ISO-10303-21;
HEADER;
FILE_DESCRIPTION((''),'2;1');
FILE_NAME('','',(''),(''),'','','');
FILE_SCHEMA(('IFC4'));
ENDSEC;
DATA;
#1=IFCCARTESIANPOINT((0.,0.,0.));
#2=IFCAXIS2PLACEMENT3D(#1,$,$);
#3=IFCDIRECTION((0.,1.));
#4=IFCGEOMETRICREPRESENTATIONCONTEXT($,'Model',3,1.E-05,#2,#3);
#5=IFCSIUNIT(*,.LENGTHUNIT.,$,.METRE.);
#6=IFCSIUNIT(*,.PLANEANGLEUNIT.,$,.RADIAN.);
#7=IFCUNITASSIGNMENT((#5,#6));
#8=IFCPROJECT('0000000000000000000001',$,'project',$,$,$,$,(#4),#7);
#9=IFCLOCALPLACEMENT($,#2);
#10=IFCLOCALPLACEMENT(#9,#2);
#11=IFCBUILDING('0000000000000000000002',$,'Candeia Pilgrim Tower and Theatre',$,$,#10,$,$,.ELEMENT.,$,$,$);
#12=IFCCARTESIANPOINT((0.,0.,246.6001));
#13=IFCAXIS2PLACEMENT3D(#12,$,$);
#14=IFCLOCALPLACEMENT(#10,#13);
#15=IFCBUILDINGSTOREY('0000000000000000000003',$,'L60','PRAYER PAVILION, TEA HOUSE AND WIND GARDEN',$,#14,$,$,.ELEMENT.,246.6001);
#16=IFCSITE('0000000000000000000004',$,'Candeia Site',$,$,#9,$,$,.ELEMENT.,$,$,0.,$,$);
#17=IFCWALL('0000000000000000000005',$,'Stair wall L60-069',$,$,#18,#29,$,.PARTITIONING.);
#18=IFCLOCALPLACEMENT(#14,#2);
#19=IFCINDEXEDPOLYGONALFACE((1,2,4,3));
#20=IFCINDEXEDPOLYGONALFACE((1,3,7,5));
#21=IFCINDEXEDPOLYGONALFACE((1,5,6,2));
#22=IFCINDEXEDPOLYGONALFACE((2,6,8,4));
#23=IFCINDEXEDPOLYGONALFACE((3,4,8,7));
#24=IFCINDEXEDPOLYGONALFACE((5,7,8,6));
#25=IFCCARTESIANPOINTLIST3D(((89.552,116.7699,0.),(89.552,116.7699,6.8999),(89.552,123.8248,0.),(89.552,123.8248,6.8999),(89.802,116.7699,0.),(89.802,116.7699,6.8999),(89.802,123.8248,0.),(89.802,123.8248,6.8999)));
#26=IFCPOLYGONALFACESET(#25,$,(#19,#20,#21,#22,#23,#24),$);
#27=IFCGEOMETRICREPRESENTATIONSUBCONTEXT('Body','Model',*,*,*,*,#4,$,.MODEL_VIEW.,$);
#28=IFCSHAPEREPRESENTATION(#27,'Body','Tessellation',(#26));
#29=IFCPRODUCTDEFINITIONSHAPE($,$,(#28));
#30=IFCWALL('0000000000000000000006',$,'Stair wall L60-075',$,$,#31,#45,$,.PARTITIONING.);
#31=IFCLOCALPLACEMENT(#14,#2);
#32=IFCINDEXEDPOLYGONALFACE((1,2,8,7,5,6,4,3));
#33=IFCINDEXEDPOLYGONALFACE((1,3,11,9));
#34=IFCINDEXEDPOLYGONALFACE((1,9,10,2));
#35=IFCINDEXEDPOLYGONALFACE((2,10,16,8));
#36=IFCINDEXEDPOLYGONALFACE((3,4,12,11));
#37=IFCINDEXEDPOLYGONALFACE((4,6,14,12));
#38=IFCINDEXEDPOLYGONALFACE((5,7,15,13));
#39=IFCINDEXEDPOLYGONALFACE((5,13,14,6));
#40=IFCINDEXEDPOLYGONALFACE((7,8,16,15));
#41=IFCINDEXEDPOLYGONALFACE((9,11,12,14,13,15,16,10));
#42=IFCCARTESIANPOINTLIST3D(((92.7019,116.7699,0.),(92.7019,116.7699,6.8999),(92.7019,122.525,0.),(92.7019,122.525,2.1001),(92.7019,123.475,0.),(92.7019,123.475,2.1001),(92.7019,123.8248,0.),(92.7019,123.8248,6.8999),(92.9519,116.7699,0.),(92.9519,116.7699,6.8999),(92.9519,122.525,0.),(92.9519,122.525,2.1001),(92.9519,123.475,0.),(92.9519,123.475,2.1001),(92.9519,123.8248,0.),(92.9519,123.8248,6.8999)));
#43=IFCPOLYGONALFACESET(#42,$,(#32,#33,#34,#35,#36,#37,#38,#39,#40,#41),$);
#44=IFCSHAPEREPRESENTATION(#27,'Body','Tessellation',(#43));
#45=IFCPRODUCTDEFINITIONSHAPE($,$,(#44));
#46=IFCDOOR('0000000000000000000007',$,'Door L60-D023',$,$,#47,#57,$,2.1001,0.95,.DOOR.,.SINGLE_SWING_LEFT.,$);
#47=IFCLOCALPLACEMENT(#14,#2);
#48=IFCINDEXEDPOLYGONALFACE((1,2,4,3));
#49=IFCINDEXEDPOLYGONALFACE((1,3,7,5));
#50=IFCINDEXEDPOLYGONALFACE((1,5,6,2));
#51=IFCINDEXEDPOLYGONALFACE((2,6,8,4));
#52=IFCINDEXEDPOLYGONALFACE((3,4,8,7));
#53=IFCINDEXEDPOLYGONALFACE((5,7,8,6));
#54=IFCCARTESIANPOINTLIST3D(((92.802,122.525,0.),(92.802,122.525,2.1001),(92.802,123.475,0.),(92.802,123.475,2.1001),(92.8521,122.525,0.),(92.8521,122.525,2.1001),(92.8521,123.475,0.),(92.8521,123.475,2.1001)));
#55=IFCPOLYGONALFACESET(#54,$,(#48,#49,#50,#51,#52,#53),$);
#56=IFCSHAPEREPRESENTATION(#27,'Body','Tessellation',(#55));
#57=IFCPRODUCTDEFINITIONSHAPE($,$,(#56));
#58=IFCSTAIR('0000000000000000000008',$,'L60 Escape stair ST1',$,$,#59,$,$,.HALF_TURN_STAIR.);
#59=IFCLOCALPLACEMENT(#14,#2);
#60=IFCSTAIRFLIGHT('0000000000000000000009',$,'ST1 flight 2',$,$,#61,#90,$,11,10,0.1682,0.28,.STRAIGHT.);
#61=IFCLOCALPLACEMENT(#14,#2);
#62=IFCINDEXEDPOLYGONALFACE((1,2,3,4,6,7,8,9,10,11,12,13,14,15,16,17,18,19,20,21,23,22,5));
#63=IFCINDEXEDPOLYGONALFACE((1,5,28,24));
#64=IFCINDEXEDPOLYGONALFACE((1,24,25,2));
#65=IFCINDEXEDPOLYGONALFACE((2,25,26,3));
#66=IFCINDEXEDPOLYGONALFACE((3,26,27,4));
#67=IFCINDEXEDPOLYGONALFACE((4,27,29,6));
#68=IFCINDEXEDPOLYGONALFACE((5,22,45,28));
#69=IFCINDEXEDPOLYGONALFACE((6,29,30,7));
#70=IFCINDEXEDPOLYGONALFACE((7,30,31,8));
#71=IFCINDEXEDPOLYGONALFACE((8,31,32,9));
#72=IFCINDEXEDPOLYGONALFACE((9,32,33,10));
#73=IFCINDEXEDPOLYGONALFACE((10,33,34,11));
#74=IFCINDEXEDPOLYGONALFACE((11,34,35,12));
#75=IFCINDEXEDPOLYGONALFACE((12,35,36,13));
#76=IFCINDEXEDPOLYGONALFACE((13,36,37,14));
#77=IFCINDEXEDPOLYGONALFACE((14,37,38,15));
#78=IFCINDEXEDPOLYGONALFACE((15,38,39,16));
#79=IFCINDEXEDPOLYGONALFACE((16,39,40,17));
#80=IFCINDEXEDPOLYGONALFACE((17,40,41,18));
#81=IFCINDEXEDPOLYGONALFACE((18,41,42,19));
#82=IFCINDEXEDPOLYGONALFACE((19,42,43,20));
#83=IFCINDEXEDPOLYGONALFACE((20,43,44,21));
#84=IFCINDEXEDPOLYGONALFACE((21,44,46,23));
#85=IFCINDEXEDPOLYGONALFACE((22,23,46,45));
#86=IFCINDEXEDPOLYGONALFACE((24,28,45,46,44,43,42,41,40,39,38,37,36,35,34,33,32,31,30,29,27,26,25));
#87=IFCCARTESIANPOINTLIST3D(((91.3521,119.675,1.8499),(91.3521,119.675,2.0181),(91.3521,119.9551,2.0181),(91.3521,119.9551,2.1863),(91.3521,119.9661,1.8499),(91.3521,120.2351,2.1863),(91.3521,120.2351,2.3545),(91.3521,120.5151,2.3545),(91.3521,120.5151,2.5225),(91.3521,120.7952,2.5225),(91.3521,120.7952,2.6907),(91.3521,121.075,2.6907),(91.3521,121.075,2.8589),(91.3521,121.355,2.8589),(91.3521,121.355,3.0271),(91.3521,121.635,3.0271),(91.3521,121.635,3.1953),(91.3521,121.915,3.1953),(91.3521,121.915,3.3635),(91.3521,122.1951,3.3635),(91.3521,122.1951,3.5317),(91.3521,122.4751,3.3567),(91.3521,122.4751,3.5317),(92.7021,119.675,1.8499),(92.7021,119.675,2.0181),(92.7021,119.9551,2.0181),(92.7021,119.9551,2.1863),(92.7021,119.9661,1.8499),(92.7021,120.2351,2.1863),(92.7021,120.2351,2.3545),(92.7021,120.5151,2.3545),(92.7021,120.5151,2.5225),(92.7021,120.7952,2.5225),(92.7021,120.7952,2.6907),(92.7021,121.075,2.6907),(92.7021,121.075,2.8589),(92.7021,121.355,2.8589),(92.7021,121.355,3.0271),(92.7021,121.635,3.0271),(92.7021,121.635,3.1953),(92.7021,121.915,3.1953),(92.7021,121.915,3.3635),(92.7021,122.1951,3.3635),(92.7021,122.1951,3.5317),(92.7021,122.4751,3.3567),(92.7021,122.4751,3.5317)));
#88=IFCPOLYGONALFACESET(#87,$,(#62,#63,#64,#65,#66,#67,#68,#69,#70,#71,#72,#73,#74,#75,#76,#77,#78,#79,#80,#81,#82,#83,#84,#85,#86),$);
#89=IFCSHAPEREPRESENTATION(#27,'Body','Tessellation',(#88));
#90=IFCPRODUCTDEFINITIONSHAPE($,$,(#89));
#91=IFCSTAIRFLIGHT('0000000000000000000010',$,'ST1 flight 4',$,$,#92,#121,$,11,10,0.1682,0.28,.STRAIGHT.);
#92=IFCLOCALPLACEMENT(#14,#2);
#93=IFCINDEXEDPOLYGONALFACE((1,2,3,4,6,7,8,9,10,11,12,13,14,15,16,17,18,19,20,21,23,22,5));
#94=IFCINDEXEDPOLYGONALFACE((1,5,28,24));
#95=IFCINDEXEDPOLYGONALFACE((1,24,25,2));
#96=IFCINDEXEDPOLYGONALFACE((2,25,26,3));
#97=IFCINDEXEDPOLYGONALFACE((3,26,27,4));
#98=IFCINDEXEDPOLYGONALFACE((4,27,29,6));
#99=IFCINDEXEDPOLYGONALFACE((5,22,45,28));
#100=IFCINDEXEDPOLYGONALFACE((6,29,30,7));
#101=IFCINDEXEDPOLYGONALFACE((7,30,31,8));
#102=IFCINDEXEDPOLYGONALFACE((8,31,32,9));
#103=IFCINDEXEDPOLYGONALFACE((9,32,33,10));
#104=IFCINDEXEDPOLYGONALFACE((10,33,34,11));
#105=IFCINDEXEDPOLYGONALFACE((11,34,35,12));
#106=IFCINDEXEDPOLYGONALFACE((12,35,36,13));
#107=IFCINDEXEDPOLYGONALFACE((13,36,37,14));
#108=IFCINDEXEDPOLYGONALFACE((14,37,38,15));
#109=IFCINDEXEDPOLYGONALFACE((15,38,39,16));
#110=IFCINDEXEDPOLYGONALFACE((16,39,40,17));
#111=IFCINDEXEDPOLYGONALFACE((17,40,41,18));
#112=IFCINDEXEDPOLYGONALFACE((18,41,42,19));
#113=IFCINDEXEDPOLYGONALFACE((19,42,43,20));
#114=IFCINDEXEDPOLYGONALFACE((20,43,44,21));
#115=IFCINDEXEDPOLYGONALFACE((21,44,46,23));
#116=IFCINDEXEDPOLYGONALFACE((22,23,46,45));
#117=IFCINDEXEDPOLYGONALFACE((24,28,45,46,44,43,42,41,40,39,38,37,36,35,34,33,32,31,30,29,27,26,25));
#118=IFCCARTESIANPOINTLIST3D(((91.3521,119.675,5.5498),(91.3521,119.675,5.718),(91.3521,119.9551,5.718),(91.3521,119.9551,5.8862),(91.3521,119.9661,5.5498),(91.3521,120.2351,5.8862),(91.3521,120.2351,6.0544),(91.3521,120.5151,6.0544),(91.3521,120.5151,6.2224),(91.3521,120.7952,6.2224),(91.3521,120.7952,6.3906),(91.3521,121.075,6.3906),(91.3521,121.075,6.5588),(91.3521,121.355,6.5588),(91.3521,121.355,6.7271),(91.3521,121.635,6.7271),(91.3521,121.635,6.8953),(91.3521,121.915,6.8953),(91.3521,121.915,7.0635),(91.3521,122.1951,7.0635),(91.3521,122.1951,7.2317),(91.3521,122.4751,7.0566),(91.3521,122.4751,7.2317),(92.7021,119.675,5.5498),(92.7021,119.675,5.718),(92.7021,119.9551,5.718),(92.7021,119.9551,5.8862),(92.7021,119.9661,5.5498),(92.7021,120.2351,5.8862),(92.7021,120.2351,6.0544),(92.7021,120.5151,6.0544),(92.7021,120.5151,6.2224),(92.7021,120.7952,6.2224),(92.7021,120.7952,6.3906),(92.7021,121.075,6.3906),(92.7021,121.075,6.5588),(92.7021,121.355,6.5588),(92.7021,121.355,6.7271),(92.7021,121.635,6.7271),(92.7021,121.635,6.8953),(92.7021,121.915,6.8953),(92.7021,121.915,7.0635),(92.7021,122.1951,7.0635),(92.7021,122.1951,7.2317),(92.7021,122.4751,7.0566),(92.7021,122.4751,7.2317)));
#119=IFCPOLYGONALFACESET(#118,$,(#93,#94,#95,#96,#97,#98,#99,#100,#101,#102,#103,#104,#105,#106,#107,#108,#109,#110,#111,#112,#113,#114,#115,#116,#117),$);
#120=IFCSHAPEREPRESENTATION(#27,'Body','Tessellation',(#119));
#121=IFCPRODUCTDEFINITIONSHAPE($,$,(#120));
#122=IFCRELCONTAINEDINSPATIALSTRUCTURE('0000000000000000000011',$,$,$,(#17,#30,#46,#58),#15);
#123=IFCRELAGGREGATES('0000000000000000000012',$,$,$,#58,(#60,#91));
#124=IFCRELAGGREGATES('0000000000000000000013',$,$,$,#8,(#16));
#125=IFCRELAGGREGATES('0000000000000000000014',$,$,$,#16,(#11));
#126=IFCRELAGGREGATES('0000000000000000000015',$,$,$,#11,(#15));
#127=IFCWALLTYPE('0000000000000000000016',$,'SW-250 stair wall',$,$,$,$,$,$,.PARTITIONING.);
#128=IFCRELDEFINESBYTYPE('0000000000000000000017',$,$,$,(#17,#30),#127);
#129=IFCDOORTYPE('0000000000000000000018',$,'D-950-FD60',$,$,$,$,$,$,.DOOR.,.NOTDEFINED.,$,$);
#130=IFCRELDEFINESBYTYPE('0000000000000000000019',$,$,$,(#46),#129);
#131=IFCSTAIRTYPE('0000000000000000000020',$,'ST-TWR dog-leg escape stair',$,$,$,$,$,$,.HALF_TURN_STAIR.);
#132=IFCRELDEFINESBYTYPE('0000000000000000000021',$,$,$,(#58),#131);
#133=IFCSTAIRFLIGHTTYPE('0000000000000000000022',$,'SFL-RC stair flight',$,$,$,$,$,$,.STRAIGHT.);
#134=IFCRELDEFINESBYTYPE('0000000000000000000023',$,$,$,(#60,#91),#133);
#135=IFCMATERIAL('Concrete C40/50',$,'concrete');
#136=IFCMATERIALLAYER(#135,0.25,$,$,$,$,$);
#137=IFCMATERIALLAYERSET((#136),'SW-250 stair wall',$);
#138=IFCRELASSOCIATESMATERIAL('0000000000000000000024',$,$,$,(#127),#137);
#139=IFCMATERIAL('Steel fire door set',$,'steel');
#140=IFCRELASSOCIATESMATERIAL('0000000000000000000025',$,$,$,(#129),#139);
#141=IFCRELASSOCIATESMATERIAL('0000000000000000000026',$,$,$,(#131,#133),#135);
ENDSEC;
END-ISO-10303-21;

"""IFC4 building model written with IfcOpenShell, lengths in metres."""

from ifc_helpers import new_model, si_unit, direction, frame, frame_2d, origin, place, context, subcontext, project, spatial, polyline, rectangle, outline, extrude, material, layer, layer_set, type_object, element, fill, aggregate, save


model = new_model("IFC4")

# Units and contexts
model_context = context("Model", 3, precision=1e-05, world=origin(), true_north=direction((0.0, 1.0)))
body_context = subcontext(model_context, "Body", "Model", "MODEL_VIEW")
ifc_project = project(units=[si_unit("LENGTHUNIT", "METRE"), si_unit("PLANEANGLEUNIT", "RADIAN")], contexts=[model_context])

# Site, building, storey
site_placement = place(None, origin())
site = spatial("IfcSite", under=ifc_project, at=site_placement, Name="Candeia Site", CompositionType="ELEMENT", RefElevation=0.0)
building_placement = place(site_placement, origin())
building = spatial("IfcBuilding", under=site, at=building_placement, Name="Candeia Pilgrim Tower and Theatre", CompositionType="ELEMENT")
storey_placement = place(building_placement, frame((0.0, 0.0, 246.6001)))
storey = spatial("IfcBuildingStorey", under=building, at=storey_placement, Name="L60", Description="PRAYER PAVILION, TEA HOUSE AND WIND GARDEN", CompositionType="ELEMENT", Elevation=246.6001)

# Shared definitions
ifc_material_1 = material(Name="Concrete C40/50", Category="concrete")
ifc_material_2 = material(Name="Steel fire door set", Category="steel")

# Wall
ifc_layer_1 = layer(ifc_material_1, 0.25)
ifc_layer_set_1 = layer_set([ifc_layer_1], Name="SW-250 stair wall")
wall_type_1 = type_object("IfcWallType", Name="SW-250 stair wall", PredefinedType="PARTITIONING", material=ifc_layer_set_1)
wall_1_placement = place(storey_placement, frame((89.677, 116.77, 0.0), z_axis=(0.0, 0.0, 1.0), x_axis=(0.0, 1.0, 0.0)))
element("IfcWall", 1, at=wall_1_placement, inside=storey, type_object=wall_type_1, Name="Stair wall L60-069", PredefinedType="PARTITIONING", context=body_context, shape_type="SweptSolid", body=[
    extrude(rectangle(XDim=7.0549, YDim=0.25, at=frame_2d((3.5273, 0.0))), origin(), (0.0, 0.0, 1.0), 6.8999),
])

# Wall, opening, door
wall_2_placement = place(storey_placement, frame((92.8269, 116.77, 0.0), z_axis=(0.0, 0.0, 1.0), x_axis=(0.0, 1.0, 0.0)))
wall_2 = element("IfcWall", 2, at=wall_2_placement, inside=storey, type_object=wall_type_1, Name="Stair wall L60-075", PredefinedType="PARTITIONING", context=body_context, shape_type="SweptSolid", body=[
    extrude(rectangle(XDim=7.0549, YDim=0.25, at=frame_2d((3.5273, 0.0))), origin(), (0.0, 0.0, 1.0), 6.8999),
])
opening_1_placement = place(wall_2_placement, frame((5.7549, 0.0, 0.0)))
opening_1 = element("IfcOpeningElement", 3, at=opening_1_placement, cuts=wall_2, PredefinedType="OPENING", context=body_context, shape_type="SweptSolid", body=[
    extrude(rectangle(XDim=0.95, YDim=2.1001, at=frame_2d((0.4751, 1.05))), frame((0.0, 0.135, 0.0), z_axis=(0.0, -1.0, 0.0), x_axis=(1.0, 0.0, 0.0)), (0.0, 0.0, 1.0), 0.27),
])
door_type_1 = type_object("IfcDoorType", Name="D-950-FD60", OperationType="NOTDEFINED", PredefinedType="DOOR", material=ifc_material_2)
door_1_placement = place(opening_1_placement, origin())
door_1 = element("IfcDoor", 4, at=door_1_placement, inside=storey, type_object=door_type_1, Name="Door L60-D023", OperationType="SINGLE_SWING_LEFT", OverallHeight=2.1001, OverallWidth=0.95, PredefinedType="DOOR", context=body_context, shape_type="SweptSolid", body=[
    extrude(rectangle(XDim=0.95, YDim=2.1001, at=frame_2d((0.4751, 1.05))), frame((0.0, 0.0249, 0.0), z_axis=(0.0, -1.0, 0.0), x_axis=(1.0, 0.0, 0.0)), (0.0, 0.0, 1.0), 0.05),
])
fill(opening_1, door_1)

# Stair, stair flights
stair_type = type_object("IfcStairType", Name="ST-TWR dog-leg escape stair", PredefinedType="HALF_TURN_STAIR", material=ifc_material_1)
stair_placement = place(storey_placement, origin())
stair = element("IfcStair", 5, at=stair_placement, inside=storey, type_object=stair_type, Name="L60 Escape stair ST1", PredefinedType="HALF_TURN_STAIR")
stair_flight_type = type_object("IfcStairFlightType", Name="SFL-RC stair flight", PredefinedType="STRAIGHT", material=ifc_material_1)
stair_flight_1_placement = place(storey_placement, frame((92.0271, 119.675, 1.8499), z_axis=(0.0, 0.0, 1.0), x_axis=(0.0, 1.0, 0.0)))
stair_flight_1 = element("IfcStairFlight", 6, at=stair_flight_1_placement, type_object=stair_flight_type, Name="ST1 flight 2", NumberOfRisers=11, NumberOfTreads=10, PredefinedType="STRAIGHT", RiserHeight=0.1682, TreadLength=0.28, context=body_context, shape_type="SweptSolid", body=[
    extrude(outline(polyline([(0.0, 0.0), (0.0, 0.1682), (0.28, 0.1682), (0.28, 0.3364), (0.5601, 0.3364), (0.5601, 0.5046), (0.8401, 0.5046), (0.8401, 0.6726), (1.1201, 0.6726), (1.1201, 0.8408), (1.3999, 0.8408), (1.3999, 1.009), (1.6799, 1.009), (1.6799, 1.1772), (1.96, 1.1772), (1.96, 1.3455), (2.24, 1.3455), (2.24, 1.5137), (2.52, 1.5137), (2.52, 1.6819), (2.8, 1.6819), (2.8, 1.8501), (2.8, 1.5068), (0.291, 0.0), (0.0, 0.0)])), frame((0.0, 0.675, 0.0), z_axis=(0.0, -1.0, 0.0), x_axis=(1.0, 0.0, 0.0)), (0.0, 0.0, 1.0), 1.3501),
])
stair_flight_2_placement = place(storey_placement, frame((92.0271, 119.675, 5.5498), z_axis=(0.0, 0.0, 1.0), x_axis=(0.0, 1.0, 0.0)))
stair_flight_2 = element("IfcStairFlight", 7, at=stair_flight_2_placement, type_object=stair_flight_type, Name="ST1 flight 4", NumberOfRisers=11, NumberOfTreads=10, PredefinedType="STRAIGHT", RiserHeight=0.1682, TreadLength=0.28, context=body_context, shape_type="SweptSolid", body=[
    extrude(outline(polyline([(0.0, 0.0), (0.0, 0.1682), (0.28, 0.1682), (0.28, 0.3364), (0.5601, 0.3364), (0.5601, 0.5046), (0.8401, 0.5046), (0.8401, 0.6726), (1.1201, 0.6726), (1.1201, 0.8408), (1.3999, 0.8408), (1.3999, 1.009), (1.6799, 1.009), (1.6799, 1.1772), (1.96, 1.1772), (1.96, 1.3455), (2.24, 1.3455), (2.24, 1.5137), (2.52, 1.5137), (2.52, 1.6819), (2.8, 1.6819), (2.8, 1.8501), (2.8, 1.5068), (0.291, 0.0), (0.0, 0.0)])), frame((0.0, 0.675, 0.0), z_axis=(0.0, -1.0, 0.0), x_axis=(1.0, 0.0, 0.0)), (0.0, 0.0, 1.0), 1.3501),
])
aggregate(stair, [stair_flight_1, stair_flight_2])

save(model, "model.ifc")
